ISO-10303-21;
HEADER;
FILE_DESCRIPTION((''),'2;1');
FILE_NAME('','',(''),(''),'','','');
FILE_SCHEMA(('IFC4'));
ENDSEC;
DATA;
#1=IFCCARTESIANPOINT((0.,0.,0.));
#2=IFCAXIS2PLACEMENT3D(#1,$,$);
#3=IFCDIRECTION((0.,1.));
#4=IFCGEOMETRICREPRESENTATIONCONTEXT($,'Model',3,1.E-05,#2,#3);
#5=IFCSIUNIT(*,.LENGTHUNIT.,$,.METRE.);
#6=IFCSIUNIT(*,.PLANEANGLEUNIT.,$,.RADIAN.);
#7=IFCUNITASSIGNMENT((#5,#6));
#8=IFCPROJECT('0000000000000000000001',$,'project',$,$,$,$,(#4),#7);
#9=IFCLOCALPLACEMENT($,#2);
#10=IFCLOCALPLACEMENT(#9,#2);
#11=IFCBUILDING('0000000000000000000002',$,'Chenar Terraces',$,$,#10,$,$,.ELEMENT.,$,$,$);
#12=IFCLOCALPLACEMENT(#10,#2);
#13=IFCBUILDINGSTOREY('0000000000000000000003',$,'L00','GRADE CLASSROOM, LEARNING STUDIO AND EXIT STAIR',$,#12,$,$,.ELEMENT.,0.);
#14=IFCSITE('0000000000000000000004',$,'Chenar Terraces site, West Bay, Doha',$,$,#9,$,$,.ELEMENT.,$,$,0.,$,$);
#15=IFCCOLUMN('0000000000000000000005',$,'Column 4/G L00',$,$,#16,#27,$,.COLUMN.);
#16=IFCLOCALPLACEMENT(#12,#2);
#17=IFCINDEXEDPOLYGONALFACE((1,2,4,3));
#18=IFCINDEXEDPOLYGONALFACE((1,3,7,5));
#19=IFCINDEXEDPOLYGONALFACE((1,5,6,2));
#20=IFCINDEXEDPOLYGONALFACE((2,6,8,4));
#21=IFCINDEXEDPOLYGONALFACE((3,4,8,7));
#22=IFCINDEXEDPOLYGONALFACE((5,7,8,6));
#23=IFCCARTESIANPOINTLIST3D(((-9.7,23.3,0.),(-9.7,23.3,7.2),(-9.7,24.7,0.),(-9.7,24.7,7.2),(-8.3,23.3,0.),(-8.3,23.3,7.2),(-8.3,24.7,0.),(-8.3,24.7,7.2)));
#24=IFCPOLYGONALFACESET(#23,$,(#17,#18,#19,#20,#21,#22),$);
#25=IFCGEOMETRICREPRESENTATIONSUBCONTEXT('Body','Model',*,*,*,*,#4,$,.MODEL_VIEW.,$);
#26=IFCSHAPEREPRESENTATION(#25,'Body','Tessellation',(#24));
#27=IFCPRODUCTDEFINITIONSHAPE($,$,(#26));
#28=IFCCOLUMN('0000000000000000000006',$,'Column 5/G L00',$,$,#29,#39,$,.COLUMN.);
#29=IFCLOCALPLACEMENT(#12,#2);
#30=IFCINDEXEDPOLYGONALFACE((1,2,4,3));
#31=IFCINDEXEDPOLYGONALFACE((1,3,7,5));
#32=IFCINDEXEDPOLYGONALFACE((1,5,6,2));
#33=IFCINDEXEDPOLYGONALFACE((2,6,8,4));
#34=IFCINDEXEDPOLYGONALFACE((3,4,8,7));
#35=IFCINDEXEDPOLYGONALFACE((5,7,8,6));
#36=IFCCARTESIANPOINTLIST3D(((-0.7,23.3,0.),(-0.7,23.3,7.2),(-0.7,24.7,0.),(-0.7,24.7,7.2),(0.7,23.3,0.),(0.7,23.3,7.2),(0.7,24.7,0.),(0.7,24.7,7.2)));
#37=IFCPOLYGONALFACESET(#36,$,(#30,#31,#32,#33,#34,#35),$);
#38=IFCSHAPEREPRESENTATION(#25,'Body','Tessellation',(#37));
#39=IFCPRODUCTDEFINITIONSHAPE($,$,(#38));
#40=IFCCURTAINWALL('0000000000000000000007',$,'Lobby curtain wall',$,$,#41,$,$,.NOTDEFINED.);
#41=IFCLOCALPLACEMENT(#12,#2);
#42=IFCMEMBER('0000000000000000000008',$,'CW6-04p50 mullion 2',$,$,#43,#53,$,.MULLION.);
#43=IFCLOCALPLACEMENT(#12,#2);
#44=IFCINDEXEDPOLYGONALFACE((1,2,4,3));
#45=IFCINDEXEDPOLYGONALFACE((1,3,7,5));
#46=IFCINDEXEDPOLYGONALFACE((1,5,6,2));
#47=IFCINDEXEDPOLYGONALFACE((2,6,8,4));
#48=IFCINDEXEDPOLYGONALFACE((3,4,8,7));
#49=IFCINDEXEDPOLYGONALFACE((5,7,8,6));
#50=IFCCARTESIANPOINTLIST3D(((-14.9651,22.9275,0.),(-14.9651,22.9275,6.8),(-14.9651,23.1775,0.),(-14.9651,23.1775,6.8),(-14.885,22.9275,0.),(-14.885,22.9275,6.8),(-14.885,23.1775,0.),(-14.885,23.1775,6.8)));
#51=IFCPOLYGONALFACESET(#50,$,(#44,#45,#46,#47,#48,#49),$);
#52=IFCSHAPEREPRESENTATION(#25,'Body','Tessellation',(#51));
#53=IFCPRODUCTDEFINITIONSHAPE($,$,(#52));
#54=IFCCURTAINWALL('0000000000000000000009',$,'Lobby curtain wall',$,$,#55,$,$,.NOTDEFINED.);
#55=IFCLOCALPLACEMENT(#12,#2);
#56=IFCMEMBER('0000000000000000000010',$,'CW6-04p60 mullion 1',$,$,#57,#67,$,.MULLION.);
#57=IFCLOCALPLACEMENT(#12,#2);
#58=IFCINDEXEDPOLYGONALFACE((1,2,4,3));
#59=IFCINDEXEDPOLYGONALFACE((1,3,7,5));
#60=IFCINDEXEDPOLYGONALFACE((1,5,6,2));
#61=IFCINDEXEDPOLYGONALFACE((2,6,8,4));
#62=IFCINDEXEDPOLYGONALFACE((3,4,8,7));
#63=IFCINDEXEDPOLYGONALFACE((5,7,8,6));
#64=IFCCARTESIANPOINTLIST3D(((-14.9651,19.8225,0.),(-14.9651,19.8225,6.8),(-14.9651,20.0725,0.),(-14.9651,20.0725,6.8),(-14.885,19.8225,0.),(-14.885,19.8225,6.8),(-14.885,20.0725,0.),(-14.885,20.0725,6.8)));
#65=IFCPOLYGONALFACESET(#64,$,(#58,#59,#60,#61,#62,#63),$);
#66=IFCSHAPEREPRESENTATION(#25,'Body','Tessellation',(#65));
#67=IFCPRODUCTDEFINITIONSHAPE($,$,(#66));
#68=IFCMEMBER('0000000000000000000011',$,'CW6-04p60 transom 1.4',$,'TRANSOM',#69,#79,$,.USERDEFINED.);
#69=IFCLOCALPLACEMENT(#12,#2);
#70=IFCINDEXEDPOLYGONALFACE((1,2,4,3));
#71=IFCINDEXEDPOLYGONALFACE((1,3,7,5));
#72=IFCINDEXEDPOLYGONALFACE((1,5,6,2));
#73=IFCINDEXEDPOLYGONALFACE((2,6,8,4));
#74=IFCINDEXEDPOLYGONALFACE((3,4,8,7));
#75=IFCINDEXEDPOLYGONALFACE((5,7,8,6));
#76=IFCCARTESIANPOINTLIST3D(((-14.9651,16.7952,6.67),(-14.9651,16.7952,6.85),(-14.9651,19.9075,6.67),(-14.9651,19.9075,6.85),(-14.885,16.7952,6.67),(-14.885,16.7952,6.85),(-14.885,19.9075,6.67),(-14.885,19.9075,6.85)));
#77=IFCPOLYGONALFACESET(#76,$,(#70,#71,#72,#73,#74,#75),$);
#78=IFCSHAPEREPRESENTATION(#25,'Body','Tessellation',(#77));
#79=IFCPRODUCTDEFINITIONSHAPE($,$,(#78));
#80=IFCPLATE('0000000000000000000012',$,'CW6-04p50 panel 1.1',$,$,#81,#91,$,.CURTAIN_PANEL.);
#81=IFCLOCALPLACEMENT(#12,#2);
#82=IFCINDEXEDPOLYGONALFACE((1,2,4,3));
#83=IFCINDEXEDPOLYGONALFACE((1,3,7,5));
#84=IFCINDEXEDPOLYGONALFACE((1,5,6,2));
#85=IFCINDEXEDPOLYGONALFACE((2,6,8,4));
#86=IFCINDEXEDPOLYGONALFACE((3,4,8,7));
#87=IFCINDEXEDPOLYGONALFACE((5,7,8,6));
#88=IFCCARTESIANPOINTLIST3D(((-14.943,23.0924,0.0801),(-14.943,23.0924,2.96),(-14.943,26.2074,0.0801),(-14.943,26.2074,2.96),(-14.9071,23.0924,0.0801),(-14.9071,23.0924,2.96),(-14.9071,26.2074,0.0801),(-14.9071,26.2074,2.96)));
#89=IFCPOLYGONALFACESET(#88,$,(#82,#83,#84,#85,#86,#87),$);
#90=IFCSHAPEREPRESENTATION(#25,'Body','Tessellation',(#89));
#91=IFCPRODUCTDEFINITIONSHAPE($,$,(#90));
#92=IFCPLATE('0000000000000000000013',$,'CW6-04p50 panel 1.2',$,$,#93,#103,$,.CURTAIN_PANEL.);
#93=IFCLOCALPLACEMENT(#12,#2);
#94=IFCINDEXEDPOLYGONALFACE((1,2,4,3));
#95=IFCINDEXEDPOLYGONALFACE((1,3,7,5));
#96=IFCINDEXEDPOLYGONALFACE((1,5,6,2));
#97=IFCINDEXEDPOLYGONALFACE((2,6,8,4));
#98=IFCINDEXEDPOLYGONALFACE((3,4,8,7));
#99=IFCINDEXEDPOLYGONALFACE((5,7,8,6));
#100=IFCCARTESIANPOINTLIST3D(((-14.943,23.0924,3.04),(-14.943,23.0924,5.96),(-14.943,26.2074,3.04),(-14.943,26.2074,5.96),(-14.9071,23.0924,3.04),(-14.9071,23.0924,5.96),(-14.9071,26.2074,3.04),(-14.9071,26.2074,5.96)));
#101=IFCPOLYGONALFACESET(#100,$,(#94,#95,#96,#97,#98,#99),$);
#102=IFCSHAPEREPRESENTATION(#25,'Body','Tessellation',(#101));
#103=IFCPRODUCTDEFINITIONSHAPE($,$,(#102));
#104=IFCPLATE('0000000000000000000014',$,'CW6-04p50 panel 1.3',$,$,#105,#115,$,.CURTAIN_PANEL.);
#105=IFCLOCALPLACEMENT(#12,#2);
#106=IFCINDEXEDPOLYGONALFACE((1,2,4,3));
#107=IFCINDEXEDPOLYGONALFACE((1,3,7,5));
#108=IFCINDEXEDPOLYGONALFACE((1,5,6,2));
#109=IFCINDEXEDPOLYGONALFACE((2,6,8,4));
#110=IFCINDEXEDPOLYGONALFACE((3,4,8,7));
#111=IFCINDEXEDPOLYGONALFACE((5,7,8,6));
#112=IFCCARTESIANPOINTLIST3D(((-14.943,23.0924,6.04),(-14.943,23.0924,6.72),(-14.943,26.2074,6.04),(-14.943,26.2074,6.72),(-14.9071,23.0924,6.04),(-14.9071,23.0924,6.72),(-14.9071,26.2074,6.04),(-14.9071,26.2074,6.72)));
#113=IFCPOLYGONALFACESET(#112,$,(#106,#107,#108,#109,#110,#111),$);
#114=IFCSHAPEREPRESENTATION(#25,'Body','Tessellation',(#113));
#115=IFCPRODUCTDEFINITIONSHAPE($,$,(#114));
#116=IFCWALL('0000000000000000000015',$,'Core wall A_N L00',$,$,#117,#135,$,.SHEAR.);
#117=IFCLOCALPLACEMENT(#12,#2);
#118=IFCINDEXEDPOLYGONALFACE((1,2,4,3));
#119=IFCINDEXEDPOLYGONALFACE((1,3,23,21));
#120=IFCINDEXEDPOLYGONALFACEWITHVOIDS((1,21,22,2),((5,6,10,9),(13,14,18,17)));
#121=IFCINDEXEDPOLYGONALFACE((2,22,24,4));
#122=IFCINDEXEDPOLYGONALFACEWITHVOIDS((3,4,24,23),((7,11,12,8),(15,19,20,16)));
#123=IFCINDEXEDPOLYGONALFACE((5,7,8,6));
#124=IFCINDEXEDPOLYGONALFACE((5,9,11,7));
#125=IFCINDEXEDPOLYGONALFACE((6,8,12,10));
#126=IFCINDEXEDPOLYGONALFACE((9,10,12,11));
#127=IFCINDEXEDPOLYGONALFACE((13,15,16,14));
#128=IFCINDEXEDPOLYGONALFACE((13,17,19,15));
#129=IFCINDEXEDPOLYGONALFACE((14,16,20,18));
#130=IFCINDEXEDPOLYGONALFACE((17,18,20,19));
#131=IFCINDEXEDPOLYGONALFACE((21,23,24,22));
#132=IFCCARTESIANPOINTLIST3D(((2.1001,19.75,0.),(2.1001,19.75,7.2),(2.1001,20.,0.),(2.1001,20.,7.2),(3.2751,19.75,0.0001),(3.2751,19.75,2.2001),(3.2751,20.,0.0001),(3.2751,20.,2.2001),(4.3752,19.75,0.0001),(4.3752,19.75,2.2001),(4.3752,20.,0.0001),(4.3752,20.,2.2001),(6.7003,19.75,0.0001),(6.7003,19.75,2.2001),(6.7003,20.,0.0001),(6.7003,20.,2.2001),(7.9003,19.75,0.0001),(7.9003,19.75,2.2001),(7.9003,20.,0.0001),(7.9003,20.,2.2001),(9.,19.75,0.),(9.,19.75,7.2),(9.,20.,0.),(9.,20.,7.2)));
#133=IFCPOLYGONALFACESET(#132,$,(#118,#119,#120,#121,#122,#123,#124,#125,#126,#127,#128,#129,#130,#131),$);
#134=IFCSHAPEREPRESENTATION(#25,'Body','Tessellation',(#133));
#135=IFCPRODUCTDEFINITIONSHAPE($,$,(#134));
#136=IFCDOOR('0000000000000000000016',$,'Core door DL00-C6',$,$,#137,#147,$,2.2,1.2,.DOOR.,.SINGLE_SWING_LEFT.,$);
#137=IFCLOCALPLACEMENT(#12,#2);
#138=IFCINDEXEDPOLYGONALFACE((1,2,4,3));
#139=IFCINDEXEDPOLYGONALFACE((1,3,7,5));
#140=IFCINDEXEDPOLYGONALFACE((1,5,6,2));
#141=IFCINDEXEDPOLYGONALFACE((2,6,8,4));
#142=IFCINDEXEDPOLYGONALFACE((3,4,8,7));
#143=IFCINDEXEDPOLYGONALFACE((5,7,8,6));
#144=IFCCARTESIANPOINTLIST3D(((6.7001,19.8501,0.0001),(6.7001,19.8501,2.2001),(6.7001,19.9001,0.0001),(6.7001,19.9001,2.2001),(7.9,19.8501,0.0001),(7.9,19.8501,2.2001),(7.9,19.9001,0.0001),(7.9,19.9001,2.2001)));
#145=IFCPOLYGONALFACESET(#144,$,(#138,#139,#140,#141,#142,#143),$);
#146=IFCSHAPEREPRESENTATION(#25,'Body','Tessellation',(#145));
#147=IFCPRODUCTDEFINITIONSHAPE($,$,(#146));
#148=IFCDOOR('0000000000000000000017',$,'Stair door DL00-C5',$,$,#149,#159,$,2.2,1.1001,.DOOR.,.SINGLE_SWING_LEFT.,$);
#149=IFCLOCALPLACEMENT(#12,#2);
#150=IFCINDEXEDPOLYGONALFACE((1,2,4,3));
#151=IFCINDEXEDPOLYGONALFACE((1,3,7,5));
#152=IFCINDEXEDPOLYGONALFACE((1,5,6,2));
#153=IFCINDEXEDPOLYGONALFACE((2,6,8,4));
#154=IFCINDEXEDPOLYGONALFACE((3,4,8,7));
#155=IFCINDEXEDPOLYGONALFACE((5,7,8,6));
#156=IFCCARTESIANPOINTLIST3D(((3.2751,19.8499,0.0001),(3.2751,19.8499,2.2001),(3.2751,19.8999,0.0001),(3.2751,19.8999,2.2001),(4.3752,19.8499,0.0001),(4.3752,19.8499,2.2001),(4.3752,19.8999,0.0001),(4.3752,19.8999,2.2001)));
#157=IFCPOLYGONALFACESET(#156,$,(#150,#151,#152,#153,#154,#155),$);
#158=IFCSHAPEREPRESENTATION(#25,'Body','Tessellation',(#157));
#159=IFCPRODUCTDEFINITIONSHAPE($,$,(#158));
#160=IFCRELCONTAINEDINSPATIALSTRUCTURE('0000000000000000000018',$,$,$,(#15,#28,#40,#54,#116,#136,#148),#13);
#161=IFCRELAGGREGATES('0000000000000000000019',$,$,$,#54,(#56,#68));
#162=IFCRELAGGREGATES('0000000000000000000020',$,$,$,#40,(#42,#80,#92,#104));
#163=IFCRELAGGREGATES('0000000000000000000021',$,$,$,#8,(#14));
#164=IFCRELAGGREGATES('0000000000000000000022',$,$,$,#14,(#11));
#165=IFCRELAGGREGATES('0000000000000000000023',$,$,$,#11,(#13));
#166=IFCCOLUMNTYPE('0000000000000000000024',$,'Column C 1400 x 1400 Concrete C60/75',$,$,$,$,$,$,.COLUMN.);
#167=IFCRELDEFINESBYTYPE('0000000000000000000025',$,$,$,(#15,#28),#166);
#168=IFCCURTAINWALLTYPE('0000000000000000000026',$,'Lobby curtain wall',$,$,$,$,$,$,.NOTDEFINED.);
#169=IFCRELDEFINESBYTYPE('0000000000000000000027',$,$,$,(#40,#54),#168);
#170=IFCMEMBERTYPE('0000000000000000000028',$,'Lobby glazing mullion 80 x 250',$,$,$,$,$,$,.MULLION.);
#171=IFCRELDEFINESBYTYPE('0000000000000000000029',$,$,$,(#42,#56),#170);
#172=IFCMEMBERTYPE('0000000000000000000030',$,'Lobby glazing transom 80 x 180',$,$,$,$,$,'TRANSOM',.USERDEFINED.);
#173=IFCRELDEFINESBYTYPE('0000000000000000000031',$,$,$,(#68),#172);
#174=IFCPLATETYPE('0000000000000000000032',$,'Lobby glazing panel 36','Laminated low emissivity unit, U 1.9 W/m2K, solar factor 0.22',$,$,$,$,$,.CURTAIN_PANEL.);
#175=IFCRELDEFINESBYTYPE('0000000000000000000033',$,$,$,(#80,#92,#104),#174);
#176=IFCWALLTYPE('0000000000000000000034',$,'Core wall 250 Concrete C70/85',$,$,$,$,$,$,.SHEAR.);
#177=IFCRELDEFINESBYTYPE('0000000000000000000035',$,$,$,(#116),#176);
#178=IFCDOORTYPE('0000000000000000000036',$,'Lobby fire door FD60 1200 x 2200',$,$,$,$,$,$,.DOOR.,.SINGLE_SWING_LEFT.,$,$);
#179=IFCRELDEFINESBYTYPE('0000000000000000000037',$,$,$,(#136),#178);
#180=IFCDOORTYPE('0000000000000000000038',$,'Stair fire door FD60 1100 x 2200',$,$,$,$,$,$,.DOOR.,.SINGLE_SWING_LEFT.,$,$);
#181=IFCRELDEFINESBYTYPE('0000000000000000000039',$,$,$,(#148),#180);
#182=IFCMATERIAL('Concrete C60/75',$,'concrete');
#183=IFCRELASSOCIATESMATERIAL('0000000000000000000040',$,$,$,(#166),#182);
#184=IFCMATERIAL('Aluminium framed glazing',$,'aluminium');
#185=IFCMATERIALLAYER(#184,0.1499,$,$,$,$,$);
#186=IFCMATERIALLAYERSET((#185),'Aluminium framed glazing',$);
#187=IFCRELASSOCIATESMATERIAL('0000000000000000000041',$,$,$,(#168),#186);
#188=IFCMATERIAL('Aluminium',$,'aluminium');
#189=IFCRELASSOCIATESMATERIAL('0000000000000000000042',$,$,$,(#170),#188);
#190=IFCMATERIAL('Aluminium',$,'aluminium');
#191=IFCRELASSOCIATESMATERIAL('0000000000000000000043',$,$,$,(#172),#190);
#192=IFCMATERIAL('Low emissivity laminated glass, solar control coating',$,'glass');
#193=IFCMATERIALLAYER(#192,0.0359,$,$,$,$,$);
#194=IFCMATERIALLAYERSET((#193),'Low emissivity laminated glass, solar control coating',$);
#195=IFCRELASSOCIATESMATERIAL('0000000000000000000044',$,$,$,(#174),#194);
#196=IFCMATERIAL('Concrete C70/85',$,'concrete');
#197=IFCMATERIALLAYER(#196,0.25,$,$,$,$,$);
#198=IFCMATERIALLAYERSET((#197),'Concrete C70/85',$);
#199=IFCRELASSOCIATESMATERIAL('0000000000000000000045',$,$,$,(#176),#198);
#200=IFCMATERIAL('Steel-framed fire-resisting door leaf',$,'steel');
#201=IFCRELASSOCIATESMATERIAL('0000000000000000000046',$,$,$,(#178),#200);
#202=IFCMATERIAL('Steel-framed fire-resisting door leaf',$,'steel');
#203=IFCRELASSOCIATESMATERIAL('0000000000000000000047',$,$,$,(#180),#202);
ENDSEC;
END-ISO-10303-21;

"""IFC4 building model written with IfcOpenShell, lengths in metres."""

from ifc_helpers import new_model, si_unit, direction, frame, frame_2d, origin, origin_2d, place, context, subcontext, project, spatial, rectangle, extrude, material, layer, layer_set, material_profile, profile_set, type_object, element, fill, aggregate, save


model = new_model("IFC4")

# Units and contexts
model_context = context("Model", 3, precision=1e-05, world=origin(), true_north=direction((0.0, 1.0)))
body_context = subcontext(model_context, "Body", "Model", "MODEL_VIEW")
ifc_project = project(units=[si_unit("LENGTHUNIT", "METRE"), si_unit("PLANEANGLEUNIT", "RADIAN")], contexts=[model_context])

# Site, building, storey
site_placement = place(None, origin())
site = spatial("IfcSite", under=ifc_project, at=site_placement, Name="Chenar Terraces site, West Bay, Doha", CompositionType="ELEMENT", RefElevation=0.0)
building_placement = place(site_placement, origin())
building = spatial("IfcBuilding", under=site, at=building_placement, Name="Chenar Terraces", CompositionType="ELEMENT")
storey_placement = place(building_placement, origin())
storey = spatial("IfcBuildingStorey", under=building, at=storey_placement, Name="L00", Description="GRADE CLASSROOM, LEARNING STUDIO AND EXIT STAIR", CompositionType="ELEMENT", Elevation=0.0)

# Columns
ifc_material_1 = material(Name="Concrete C60/75", Category="concrete")
ifc_material_profile_1 = material_profile(ifc_material_1, rectangle(XDim=1.3999, YDim=1.3999, at=origin_2d()), Name="C 1400 x 1400")
ifc_profile_set_1 = profile_set([ifc_material_profile_1], Name="Concrete C60/75")
column_type = type_object("IfcColumnType", Name="Column C 1400 x 1400 Concrete C60/75", PredefinedType="COLUMN", material=ifc_profile_set_1)
for number, where, z_axis, x_axis, name in (
    (1, (-9.0, 24.0, 0.0), (0.0, 0.0, 1.0), (1.0, 0.0, 0.0), "Column 4/G L00"),
    (2, (0.0, 24.0, 0.0), (0.0, 0.0, 1.0), (1.0, 0.0, 0.0), "Column 5/G L00"),
):
    element("IfcColumn", number, at=place(storey_placement, frame(where, z_axis=z_axis, x_axis=x_axis)), inside=storey, type_object=column_type, Name=name, PredefinedType="COLUMN", context=body_context, shape_type="SweptSolid", body=[
        extrude(rectangle(XDim=1.3999, YDim=1.3999, at=origin_2d()), origin(), (0.0, 0.0, 1.0), 7.2),
    ])

# Curtain wall, member
ifc_material_2 = material(Name="Aluminium framed glazing", Category="aluminium")
ifc_layer_1 = layer(ifc_material_2, 0.1499)
ifc_layer_set_1 = layer_set([ifc_layer_1], Name="Aluminium framed glazing")
curtain_wall_type = type_object("IfcCurtainWallType", Name="Lobby curtain wall", PredefinedType="NOTDEFINED", material=ifc_layer_set_1)
placement = place(storey_placement, origin())
curtain_wall_1 = element("IfcCurtainWall", 3, at=placement, inside=storey, type_object=curtain_wall_type, Name="Lobby curtain wall", PredefinedType="NOTDEFINED")
ifc_material_3 = material(Name="Aluminium", Category="aluminium")
ifc_material_profile_2 = material_profile(ifc_material_3, rectangle(XDim=0.0801, YDim=0.25, at=origin_2d()), Name="Lobby glazing mullion 80 x 250")
ifc_profile_set_2 = profile_set([ifc_material_profile_2], Name="Aluminium")
member_type_1 = type_object("IfcMemberType", Name="Lobby glazing mullion 80 x 250", PredefinedType="MULLION", material=ifc_profile_set_2)
member_1_placement = place(storey_placement, frame((-14.925, 23.0525, 0.0), z_axis=(0.0, 0.0, 1.0), x_axis=(1.0, 0.0, 0.0)))
member_1 = element("IfcMember", 4, at=member_1_placement, type_object=member_type_1, Name="CW6-04p50 mullion 2", PredefinedType="MULLION", context=body_context, shape_type="SweptSolid", body=[
    extrude(rectangle(XDim=0.0801, YDim=0.25, at=origin_2d()), origin(), (0.0, 0.0, 1.0), 6.8),
])

# Curtain wall, members
curtain_wall_2 = element("IfcCurtainWall", 5, at=placement, inside=storey, type_object=curtain_wall_type, Name="Lobby curtain wall", PredefinedType="NOTDEFINED")
member_2_placement = place(storey_placement, frame((-14.925, 19.9475, 0.0), z_axis=(0.0, 0.0, 1.0), x_axis=(1.0, 0.0, 0.0)))
member_2 = element("IfcMember", 6, at=member_2_placement, type_object=member_type_1, Name="CW6-04p60 mullion 1", PredefinedType="MULLION", context=body_context, shape_type="SweptSolid", body=[
    extrude(rectangle(XDim=0.0801, YDim=0.25, at=origin_2d()), origin(), (0.0, 0.0, 1.0), 6.8),
])
ifc_material_4 = material(Name="Aluminium", Category="aluminium")
ifc_material_profile_3 = material_profile(ifc_material_4, rectangle(XDim=0.0801, YDim=0.1799, at=origin_2d()), Name="Lobby glazing transom 80 x 180")
ifc_profile_set_3 = profile_set([ifc_material_profile_3], Name="Aluminium")
member_type_2 = type_object("IfcMemberType", Name="Lobby glazing transom 80 x 180", ElementType="TRANSOM", PredefinedType="USERDEFINED", material=ifc_profile_set_3)
member_3_placement = place(storey_placement, frame((-14.925, 19.9075, 6.76), z_axis=(0.0, -1.0, 0.0), x_axis=(1.0, 0.0, 0.0)))
member_3 = element("IfcMember", 7, at=member_3_placement, type_object=member_type_2, Name="CW6-04p60 transom 1.4", ObjectType="TRANSOM", PredefinedType="USERDEFINED", context=body_context, shape_type="SweptSolid", body=[
    extrude(rectangle(XDim=0.0801, YDim=0.1799, at=origin_2d()), origin(), (0.0, 0.0, 1.0), 3.1123),
])
aggregate(curtain_wall_2, [member_2, member_3])

# Plates
ifc_material_5 = material(Name="Low emissivity laminated glass, solar control coating", Category="glass")
ifc_layer_2 = layer(ifc_material_5, 0.0359)
ifc_layer_set_2 = layer_set([ifc_layer_2], Name="Low emissivity laminated glass, solar control coating")
plate_type = type_object("IfcPlateType", Name="Lobby glazing panel 36", Description="Laminated low emissivity unit, U 1.9 W/m2K, solar factor 0.22", PredefinedType="CURTAIN_PANEL", material=ifc_layer_set_2)
plate_1_placement = place(storey_placement, frame((-14.925, 24.6499, 0.0801), z_axis=(0.0, 0.0, 1.0), x_axis=(0.0, -1.0, 0.0)))
plate_1 = element("IfcPlate", 8, at=plate_1_placement, type_object=plate_type, Name="CW6-04p50 panel 1.1", PredefinedType="CURTAIN_PANEL", context=body_context, shape_type="SweptSolid", body=[
    extrude(rectangle(XDim=3.115, YDim=0.0359, at=origin_2d()), origin(), (0.0, 0.0, 1.0), 2.8799),
])
plate_2_placement = place(storey_placement, frame((-14.925, 24.6499, 3.04), z_axis=(0.0, 0.0, 1.0), x_axis=(0.0, -1.0, 0.0)))
plate_2 = element("IfcPlate", 9, at=plate_2_placement, type_object=plate_type, Name="CW6-04p50 panel 1.2", PredefinedType="CURTAIN_PANEL", context=body_context, shape_type="SweptSolid", body=[
    extrude(rectangle(XDim=3.115, YDim=0.0359, at=origin_2d()), origin(), (0.0, 0.0, 1.0), 2.9199),
])
plate_3_placement = place(storey_placement, frame((-14.925, 24.6499, 6.04), z_axis=(0.0, 0.0, 1.0), x_axis=(0.0, -1.0, 0.0)))
plate_3 = element("IfcPlate", 10, at=plate_3_placement, type_object=plate_type, Name="CW6-04p50 panel 1.3", PredefinedType="CURTAIN_PANEL", context=body_context, shape_type="SweptSolid", body=[
    extrude(rectangle(XDim=3.115, YDim=0.0359, at=origin_2d()), origin(), (0.0, 0.0, 1.0), 0.6799),
])
aggregate(curtain_wall_1, [member_1, plate_1, plate_2, plate_3])

# Wall, openings, doors
ifc_material_6 = material(Name="Concrete C70/85", Category="concrete")
ifc_layer_3 = layer(ifc_material_6, 0.25)
ifc_layer_set_3 = layer_set([ifc_layer_3], Name="Concrete C70/85")
wall_type_1 = type_object("IfcWallType", Name="Core wall 250 Concrete C70/85", PredefinedType="SHEAR", material=ifc_layer_set_3)
wall_1_placement = place(storey_placement, frame((2.1001, 19.875, 0.0), z_axis=(0.0, 0.0, 1.0), x_axis=(1.0, 0.0, 0.0)))
wall_1 = element("IfcWall", 11, at=wall_1_placement, inside=storey, type_object=wall_type_1, Name="Core wall A_N L00", PredefinedType="SHEAR", context=body_context, shape_type="SweptSolid", body=[
    extrude(rectangle(XDim=6.8999, YDim=0.25, at=frame_2d((3.45, 0.0))), origin(), (0.0, 0.0, 1.0), 7.2),
])
opening_1_placement = place(wall_1_placement, frame((1.175, 0.0, 0.0)))
opening_1 = element("IfcOpeningElement", 12, at=opening_1_placement, cuts=wall_1, PredefinedType="OPENING", context=body_context, shape_type="SweptSolid", body=[
    extrude(rectangle(XDim=1.1001, YDim=2.2, at=frame_2d((0.55, 1.1001))), frame((0.0, 0.135, 0.0), z_axis=(0.0, -1.0, 0.0), x_axis=(1.0, 0.0, 0.0)), (0.0, 0.0, 1.0), 0.27),
])
opening_2_placement = place(wall_1_placement, frame((4.6001, 0.0, 0.0)))
opening_2 = element("IfcOpeningElement", 13, at=opening_2_placement, cuts=wall_1, PredefinedType="OPENING", context=body_context, shape_type="SweptSolid", body=[
    extrude(rectangle(XDim=1.2, YDim=2.2, at=frame_2d((0.6001, 1.1001))), frame((0.0, 0.135, 0.0), z_axis=(0.0, -1.0, 0.0), x_axis=(1.0, 0.0, 0.0)), (0.0, 0.0, 1.0), 0.27),
])
ifc_material_7 = material(Name="Steel-framed fire-resisting door leaf", Category="steel")
door_type_1 = type_object("IfcDoorType", Name="Lobby fire door FD60 1200 x 2200", OperationType="SINGLE_SWING_LEFT", PredefinedType="DOOR", material=ifc_material_7)
door_1_placement = place(opening_2_placement, frame((1.2, 0.0, 0.0), z_axis=(0.0, 0.0, 1.0), x_axis=(-1.0, 0.0, 0.0)))
door_1 = element("IfcDoor", 14, at=door_1_placement, inside=storey, type_object=door_type_1, Name="Core door DL00-C6", OperationType="SINGLE_SWING_LEFT", OverallHeight=2.2, OverallWidth=1.2, PredefinedType="DOOR", context=body_context, shape_type="SweptSolid", body=[
    extrude(rectangle(XDim=1.2, YDim=2.2, at=frame_2d((0.6001, 1.1001))), frame((0.0, 0.0249, 0.0), z_axis=(0.0, -1.0, 0.0), x_axis=(1.0, 0.0, 0.0)), (0.0, 0.0, 1.0), 0.05),
])
fill(opening_2, door_1)
ifc_material_8 = material(Name="Steel-framed fire-resisting door leaf", Category="steel")
door_type_2 = type_object("IfcDoorType", Name="Stair fire door FD60 1100 x 2200", OperationType="SINGLE_SWING_LEFT", PredefinedType="DOOR", material=ifc_material_8)
door_2_placement = place(opening_1_placement, origin())
door_2 = element("IfcDoor", 15, at=door_2_placement, inside=storey, type_object=door_type_2, Name="Stair door DL00-C5", OperationType="SINGLE_SWING_LEFT", OverallHeight=2.2, OverallWidth=1.1001, PredefinedType="DOOR", context=body_context, shape_type="SweptSolid", body=[
    extrude(rectangle(XDim=1.1001, YDim=2.2, at=frame_2d((0.55, 1.1001))), frame((0.0, 0.0249, 0.0), z_axis=(0.0, -1.0, 0.0), x_axis=(1.0, 0.0, 0.0)), (0.0, 0.0, 1.0), 0.05),
])
fill(opening_1, door_2)

save(model, "model.ifc")
